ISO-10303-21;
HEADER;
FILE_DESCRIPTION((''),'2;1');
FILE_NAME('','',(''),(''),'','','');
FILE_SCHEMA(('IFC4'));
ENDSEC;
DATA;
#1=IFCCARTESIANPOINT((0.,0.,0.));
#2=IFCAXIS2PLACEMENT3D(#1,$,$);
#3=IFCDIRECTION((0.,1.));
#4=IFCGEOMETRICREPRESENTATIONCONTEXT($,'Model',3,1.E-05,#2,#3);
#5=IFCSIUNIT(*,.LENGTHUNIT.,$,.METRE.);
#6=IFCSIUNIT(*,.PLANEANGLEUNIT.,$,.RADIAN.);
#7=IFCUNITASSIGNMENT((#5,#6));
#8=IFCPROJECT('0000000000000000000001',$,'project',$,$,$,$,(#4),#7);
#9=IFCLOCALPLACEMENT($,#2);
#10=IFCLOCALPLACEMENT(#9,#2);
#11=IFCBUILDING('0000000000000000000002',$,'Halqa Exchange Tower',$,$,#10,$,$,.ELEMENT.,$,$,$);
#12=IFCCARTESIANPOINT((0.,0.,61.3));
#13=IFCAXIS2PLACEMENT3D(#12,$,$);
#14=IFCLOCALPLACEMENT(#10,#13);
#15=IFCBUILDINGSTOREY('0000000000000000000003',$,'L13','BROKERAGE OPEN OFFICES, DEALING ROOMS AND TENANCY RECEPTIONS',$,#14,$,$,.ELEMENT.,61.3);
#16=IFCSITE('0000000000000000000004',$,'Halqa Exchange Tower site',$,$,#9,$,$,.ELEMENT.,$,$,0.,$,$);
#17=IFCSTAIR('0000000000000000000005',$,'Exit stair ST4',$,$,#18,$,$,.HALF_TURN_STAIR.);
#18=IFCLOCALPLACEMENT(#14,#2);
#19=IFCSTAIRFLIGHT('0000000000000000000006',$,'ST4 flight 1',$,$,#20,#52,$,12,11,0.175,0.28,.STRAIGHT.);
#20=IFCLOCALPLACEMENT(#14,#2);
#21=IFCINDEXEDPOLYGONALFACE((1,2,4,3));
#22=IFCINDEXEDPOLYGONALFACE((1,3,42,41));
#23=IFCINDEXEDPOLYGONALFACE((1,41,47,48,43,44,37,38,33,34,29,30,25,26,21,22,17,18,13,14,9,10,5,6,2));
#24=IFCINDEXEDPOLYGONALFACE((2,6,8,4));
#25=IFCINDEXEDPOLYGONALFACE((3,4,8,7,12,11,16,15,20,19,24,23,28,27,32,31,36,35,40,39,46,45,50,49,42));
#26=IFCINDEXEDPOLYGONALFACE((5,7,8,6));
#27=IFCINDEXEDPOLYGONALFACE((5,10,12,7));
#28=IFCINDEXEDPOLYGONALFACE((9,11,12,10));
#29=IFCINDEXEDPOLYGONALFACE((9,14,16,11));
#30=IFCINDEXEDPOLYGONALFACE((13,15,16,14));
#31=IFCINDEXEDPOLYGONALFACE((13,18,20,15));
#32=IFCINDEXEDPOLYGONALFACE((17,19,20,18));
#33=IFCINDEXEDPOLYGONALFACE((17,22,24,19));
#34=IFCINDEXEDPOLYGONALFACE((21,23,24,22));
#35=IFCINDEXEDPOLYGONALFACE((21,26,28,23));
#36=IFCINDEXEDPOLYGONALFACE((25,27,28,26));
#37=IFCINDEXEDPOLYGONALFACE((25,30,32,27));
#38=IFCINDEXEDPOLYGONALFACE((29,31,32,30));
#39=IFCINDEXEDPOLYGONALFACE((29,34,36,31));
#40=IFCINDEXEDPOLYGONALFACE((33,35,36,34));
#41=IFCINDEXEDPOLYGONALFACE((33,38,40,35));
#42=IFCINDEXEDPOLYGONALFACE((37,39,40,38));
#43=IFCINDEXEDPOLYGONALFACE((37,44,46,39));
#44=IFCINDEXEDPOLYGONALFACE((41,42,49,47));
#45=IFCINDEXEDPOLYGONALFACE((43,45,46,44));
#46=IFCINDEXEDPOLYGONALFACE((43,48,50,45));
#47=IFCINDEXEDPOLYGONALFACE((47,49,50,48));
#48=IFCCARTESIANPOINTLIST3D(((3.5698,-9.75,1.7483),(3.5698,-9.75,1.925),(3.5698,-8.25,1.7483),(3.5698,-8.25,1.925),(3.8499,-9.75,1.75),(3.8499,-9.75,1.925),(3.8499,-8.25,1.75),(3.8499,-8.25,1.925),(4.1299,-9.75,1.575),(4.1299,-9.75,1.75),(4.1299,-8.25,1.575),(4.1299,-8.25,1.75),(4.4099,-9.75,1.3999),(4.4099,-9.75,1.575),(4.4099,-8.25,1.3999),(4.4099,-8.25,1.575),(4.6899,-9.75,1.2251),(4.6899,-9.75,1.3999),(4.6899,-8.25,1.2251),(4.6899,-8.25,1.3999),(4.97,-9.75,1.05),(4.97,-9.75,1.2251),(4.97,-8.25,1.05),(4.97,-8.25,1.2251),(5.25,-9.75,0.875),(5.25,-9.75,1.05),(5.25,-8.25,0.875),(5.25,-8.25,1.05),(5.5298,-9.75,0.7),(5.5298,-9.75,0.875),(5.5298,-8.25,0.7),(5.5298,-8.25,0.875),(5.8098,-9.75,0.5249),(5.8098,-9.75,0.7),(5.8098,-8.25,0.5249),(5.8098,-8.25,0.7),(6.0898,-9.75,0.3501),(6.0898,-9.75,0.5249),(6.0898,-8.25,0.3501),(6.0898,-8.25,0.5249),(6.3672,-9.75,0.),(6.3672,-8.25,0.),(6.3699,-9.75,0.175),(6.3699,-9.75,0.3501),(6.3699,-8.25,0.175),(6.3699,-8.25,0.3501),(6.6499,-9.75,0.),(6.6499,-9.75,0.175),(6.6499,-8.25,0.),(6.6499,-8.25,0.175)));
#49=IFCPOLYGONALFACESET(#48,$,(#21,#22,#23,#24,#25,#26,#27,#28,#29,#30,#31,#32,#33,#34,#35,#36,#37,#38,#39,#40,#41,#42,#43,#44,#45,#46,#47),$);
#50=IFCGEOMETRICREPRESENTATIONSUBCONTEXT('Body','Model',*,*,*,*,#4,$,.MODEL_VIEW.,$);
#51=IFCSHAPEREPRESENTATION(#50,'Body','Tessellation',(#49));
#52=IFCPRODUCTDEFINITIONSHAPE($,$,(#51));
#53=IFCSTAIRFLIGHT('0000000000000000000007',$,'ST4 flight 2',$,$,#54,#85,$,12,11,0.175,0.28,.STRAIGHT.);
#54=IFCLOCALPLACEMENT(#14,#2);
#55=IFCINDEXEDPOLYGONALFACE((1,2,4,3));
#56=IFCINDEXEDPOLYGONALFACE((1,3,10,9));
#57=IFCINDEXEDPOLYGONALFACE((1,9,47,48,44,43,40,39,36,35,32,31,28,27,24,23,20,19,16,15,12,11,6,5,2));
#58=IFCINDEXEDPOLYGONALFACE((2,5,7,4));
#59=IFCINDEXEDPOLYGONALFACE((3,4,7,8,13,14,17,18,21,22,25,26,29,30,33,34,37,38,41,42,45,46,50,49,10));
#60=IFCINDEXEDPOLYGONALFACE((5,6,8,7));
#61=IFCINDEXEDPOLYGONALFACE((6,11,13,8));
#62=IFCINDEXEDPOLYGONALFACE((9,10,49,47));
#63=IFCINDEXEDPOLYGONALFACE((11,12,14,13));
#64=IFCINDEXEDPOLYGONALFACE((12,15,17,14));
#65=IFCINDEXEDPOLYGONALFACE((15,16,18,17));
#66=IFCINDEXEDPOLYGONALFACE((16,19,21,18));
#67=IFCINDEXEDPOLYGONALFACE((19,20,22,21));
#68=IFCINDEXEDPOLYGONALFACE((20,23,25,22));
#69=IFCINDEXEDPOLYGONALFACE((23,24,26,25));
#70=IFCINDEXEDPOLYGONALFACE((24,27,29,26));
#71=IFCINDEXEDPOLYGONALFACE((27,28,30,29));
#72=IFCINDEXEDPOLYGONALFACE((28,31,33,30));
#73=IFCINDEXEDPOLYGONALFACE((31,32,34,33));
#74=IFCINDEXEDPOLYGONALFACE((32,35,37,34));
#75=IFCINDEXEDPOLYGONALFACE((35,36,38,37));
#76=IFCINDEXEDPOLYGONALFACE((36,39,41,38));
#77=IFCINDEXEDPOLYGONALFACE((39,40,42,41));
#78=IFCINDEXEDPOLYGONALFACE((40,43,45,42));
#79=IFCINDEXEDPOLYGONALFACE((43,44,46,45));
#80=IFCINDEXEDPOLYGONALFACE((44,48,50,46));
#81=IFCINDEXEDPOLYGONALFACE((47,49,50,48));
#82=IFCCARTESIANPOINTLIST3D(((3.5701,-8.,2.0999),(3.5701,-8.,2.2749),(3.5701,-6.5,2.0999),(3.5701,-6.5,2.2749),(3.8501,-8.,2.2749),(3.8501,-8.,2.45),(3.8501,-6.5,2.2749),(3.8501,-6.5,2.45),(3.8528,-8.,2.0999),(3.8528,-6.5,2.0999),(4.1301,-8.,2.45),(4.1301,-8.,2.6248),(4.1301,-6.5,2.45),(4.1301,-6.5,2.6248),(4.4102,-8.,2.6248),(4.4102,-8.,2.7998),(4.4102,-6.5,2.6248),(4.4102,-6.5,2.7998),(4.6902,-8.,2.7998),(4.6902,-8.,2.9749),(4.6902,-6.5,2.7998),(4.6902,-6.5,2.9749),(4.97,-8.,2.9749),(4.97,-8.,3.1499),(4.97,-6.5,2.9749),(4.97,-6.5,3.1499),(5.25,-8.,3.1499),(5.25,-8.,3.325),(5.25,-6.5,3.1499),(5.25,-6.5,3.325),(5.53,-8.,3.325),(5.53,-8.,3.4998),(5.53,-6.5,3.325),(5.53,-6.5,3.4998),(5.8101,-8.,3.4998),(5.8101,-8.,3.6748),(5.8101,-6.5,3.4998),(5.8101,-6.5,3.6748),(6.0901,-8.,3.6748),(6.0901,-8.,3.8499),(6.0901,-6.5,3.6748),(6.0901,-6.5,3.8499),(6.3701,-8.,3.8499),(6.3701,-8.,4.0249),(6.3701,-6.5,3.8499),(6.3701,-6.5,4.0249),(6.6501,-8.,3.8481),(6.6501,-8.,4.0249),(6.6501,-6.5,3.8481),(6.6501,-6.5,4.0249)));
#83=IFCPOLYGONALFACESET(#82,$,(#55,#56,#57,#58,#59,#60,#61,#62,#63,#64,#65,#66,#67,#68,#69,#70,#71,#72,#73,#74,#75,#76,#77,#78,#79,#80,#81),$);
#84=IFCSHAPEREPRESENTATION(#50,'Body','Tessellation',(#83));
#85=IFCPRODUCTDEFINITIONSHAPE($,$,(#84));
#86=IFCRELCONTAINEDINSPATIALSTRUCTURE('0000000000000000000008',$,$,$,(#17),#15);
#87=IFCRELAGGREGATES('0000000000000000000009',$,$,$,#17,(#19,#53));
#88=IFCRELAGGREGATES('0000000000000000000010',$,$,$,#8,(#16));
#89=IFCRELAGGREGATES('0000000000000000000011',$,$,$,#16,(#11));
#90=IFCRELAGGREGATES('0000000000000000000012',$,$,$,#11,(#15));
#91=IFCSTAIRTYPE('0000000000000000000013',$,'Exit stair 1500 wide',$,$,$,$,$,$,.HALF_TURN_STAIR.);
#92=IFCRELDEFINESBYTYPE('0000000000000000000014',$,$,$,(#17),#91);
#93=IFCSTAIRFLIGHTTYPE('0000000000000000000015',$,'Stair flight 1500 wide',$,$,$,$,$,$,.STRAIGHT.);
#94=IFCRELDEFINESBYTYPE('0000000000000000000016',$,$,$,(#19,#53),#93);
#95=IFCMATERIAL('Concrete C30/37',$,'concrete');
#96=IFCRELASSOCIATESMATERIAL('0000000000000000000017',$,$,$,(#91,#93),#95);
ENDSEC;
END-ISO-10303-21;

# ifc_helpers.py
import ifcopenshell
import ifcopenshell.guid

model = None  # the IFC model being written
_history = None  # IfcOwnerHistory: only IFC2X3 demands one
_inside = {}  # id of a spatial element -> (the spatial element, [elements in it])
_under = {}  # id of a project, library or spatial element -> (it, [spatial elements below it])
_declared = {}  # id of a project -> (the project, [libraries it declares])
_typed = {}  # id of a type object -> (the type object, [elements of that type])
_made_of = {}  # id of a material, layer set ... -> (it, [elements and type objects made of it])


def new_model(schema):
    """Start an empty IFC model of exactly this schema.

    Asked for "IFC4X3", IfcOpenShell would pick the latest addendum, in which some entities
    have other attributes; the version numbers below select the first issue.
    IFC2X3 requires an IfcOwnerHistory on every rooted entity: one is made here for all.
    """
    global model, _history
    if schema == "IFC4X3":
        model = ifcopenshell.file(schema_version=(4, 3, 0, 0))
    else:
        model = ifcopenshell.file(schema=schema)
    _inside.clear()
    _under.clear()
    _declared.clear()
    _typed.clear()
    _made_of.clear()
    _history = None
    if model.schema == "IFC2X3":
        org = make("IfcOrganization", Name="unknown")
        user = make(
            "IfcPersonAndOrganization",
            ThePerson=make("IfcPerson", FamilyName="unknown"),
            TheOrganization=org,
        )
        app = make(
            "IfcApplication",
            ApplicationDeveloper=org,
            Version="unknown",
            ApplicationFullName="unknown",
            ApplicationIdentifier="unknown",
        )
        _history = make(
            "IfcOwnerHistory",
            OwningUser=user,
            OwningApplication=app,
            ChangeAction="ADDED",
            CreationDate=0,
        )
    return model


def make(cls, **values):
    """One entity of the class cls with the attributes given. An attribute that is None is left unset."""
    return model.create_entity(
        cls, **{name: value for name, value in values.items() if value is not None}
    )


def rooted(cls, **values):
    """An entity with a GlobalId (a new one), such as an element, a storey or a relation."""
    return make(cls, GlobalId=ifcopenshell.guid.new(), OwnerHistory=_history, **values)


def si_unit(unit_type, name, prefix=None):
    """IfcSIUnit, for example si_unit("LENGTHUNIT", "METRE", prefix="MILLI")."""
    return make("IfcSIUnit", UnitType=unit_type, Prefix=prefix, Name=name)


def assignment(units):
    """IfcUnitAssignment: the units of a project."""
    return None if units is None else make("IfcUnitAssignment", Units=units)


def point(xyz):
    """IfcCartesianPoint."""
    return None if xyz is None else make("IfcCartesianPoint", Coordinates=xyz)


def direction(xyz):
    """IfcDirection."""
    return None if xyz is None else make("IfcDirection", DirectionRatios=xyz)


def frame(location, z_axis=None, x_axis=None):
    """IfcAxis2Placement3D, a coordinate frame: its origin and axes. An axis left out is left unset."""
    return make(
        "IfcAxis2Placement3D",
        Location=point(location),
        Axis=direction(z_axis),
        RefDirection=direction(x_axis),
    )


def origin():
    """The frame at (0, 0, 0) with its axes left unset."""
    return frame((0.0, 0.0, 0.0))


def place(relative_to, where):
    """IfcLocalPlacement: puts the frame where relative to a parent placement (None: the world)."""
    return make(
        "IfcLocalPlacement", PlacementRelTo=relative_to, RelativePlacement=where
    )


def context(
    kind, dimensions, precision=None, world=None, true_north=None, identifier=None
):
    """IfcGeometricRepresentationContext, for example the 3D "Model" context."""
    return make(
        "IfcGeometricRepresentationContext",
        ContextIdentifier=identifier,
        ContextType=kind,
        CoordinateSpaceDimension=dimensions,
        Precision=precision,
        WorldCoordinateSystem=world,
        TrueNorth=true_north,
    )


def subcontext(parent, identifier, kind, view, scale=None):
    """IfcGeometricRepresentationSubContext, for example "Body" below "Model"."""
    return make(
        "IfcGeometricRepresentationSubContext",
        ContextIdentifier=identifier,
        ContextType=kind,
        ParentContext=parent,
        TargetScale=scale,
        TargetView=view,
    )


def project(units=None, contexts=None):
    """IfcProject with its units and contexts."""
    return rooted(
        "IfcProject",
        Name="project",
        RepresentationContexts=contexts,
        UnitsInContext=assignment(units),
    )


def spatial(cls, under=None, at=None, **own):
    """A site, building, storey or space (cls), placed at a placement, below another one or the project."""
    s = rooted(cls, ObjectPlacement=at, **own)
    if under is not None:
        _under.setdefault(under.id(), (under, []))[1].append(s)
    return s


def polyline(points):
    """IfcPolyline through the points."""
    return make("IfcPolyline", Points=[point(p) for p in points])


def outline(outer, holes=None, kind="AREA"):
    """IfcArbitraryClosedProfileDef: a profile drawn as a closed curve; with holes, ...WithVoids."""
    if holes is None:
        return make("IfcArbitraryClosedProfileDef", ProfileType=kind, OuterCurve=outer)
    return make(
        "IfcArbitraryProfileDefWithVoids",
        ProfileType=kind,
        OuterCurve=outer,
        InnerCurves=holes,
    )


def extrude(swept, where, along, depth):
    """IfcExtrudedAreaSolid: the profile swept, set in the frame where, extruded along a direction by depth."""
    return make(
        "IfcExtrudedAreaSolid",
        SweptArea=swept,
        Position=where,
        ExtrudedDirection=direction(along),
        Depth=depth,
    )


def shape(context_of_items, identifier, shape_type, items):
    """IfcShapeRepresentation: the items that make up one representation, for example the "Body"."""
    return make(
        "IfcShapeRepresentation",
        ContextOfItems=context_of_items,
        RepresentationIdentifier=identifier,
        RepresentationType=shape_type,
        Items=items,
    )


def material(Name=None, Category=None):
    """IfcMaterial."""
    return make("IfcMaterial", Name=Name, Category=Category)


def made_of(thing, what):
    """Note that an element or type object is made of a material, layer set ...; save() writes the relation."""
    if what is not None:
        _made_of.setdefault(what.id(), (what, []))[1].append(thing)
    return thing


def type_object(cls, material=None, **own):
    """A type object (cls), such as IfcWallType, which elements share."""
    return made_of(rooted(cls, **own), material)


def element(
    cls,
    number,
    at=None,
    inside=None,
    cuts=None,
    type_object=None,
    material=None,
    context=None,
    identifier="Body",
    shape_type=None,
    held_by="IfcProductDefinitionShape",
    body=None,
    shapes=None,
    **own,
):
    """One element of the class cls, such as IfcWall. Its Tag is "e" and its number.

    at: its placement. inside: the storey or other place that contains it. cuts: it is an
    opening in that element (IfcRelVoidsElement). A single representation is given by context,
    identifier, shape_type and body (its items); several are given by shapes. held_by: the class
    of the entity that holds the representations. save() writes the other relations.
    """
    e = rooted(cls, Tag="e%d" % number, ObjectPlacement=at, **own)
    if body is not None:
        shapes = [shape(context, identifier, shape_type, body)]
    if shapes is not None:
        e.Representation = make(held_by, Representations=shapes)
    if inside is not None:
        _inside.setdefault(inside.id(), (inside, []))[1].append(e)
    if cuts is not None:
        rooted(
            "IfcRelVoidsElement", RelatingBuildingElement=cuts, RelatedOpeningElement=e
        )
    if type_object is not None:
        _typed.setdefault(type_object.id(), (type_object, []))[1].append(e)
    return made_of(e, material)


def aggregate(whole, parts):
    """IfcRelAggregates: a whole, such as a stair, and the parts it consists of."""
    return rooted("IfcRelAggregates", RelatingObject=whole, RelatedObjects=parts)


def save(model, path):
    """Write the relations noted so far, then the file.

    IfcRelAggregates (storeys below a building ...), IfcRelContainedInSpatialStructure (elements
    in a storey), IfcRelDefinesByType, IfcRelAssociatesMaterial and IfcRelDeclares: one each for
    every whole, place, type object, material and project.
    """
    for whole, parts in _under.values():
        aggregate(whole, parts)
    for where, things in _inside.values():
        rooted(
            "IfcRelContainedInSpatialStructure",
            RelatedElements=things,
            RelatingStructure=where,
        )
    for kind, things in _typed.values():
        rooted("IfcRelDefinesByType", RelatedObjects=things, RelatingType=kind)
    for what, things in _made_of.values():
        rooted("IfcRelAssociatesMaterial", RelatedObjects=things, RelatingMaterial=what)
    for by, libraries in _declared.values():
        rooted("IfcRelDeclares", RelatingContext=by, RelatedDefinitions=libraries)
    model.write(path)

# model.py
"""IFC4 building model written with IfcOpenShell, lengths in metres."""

from ifc_helpers import new_model, si_unit, direction, frame, origin, place, context, subcontext, project, spatial, polyline, outline, extrude, material, type_object, element, aggregate, save


model = new_model("IFC4")

# Units and contexts
model_context = context("Model", 3, precision=1e-05, world=origin(), true_north=direction((0.0, 1.0)))
body_context = subcontext(model_context, "Body", "Model", "MODEL_VIEW")
ifc_project = project(units=[si_unit("LENGTHUNIT", "METRE"), si_unit("PLANEANGLEUNIT", "RADIAN")], contexts=[model_context])

# Site, building, storey
site_placement = place(None, origin())
site = spatial("IfcSite", under=ifc_project, at=site_placement, Name="Halqa Exchange Tower site", CompositionType="ELEMENT", RefElevation=0.0)
building_placement = place(site_placement, origin())
building = spatial("IfcBuilding", under=site, at=building_placement, Name="Halqa Exchange Tower", CompositionType="ELEMENT")
storey_placement = place(building_placement, frame((0.0, 0.0, 61.3)))
storey = spatial("IfcBuildingStorey", under=building, at=storey_placement, Name="L13", Description="BROKERAGE OPEN OFFICES, DEALING ROOMS AND TENANCY RECEPTIONS", CompositionType="ELEMENT", Elevation=61.3)

# Shared definitions
ifc_material_1 = material(Name="Concrete C30/37", Category="concrete")

# Stair, stair flights
stair_type = type_object("IfcStairType", Name="Exit stair 1500 wide", PredefinedType="HALF_TURN_STAIR", material=ifc_material_1)
stair_placement = place(storey_placement, origin())
stair = element("IfcStair", 1, at=stair_placement, inside=storey, type_object=stair_type, Name="Exit stair ST4", PredefinedType="HALF_TURN_STAIR")
stair_flight_type = type_object("IfcStairFlightType", Name="Stair flight 1500 wide", PredefinedType="STRAIGHT", material=ifc_material_1)
stair_flight_1_placement = place(storey_placement, frame((6.6499, -9.0, 0.0), z_axis=(0.0, 0.0, 1.0), x_axis=(-1.0, 0.0, 0.0)))
stair_flight_1 = element("IfcStairFlight", 2, at=stair_flight_1_placement, type_object=stair_flight_type, Name="ST4 flight 1", NumberOfRisers=12, NumberOfTreads=11, PredefinedType="STRAIGHT", RiserHeight=0.175, TreadLength=0.28, context=body_context, shape_type="SweptSolid", body=[
    extrude(outline(polyline([(0.0, 0.0), (0.0, 0.175), (0.28, 0.175), (0.28, 0.3501), (0.5601, 0.3501), (0.5601, 0.5249), (0.8401, 0.5249), (0.8401, 0.7), (1.1201, 0.7), (1.1201, 0.875), (1.3999, 0.875), (1.3999, 1.05), (1.6799, 1.05), (1.6799, 1.2251), (1.96, 1.2251), (1.96, 1.3999), (2.24, 1.3999), (2.24, 1.575), (2.52, 1.575), (2.52, 1.75), (2.8, 1.75), (2.8, 1.925), (3.0801, 1.925), (3.0801, 2.1001), (3.0801, 1.7483), (0.2827, 0.0), (0.0, 0.0)])), frame((0.0, 0.75, 0.0), z_axis=(0.0, -1.0, 0.0), x_axis=(1.0, 0.0, 0.0)), (0.0, 0.0, 1.0), 1.5),
])
stair_flight_2_placement = place(storey_placement, frame((3.5701, -7.25, 2.0999), z_axis=(0.0, 0.0, 1.0), x_axis=(1.0, 0.0, 0.0)))
stair_flight_2 = element("IfcStairFlight", 3, at=stair_flight_2_placement, type_object=stair_flight_type, Name="ST4 flight 2", NumberOfRisers=12, NumberOfTreads=11, PredefinedType="STRAIGHT", RiserHeight=0.175, TreadLength=0.28, context=body_context, shape_type="SweptSolid", body=[
    extrude(outline(polyline([(0.0, 0.0), (0.0, 0.175), (0.28, 0.175), (0.28, 0.3501), (0.5601, 0.3501), (0.5601, 0.5249), (0.8401, 0.5249), (0.8401, 0.7), (1.1201, 0.7), (1.1201, 0.875), (1.3999, 0.875), (1.3999, 1.05), (1.6799, 1.05), (1.6799, 1.2251), (1.96, 1.2251), (1.96, 1.3999), (2.24, 1.3999), (2.24, 1.575), (2.52, 1.575), (2.52, 1.75), (2.8, 1.75), (2.8, 1.925), (3.0801, 1.925), (3.0801, 2.1001), (3.0801, 1.7483), (0.2827, 0.0), (0.0, 0.0)])), frame((0.0, 0.75, 0.0), z_axis=(0.0, -1.0, 0.0), x_axis=(1.0, 0.0, 0.0)), (0.0, 0.0, 1.0), 1.5),
])
aggregate(stair, [stair_flight_1, stair_flight_2])

save(model, "model.ifc")
